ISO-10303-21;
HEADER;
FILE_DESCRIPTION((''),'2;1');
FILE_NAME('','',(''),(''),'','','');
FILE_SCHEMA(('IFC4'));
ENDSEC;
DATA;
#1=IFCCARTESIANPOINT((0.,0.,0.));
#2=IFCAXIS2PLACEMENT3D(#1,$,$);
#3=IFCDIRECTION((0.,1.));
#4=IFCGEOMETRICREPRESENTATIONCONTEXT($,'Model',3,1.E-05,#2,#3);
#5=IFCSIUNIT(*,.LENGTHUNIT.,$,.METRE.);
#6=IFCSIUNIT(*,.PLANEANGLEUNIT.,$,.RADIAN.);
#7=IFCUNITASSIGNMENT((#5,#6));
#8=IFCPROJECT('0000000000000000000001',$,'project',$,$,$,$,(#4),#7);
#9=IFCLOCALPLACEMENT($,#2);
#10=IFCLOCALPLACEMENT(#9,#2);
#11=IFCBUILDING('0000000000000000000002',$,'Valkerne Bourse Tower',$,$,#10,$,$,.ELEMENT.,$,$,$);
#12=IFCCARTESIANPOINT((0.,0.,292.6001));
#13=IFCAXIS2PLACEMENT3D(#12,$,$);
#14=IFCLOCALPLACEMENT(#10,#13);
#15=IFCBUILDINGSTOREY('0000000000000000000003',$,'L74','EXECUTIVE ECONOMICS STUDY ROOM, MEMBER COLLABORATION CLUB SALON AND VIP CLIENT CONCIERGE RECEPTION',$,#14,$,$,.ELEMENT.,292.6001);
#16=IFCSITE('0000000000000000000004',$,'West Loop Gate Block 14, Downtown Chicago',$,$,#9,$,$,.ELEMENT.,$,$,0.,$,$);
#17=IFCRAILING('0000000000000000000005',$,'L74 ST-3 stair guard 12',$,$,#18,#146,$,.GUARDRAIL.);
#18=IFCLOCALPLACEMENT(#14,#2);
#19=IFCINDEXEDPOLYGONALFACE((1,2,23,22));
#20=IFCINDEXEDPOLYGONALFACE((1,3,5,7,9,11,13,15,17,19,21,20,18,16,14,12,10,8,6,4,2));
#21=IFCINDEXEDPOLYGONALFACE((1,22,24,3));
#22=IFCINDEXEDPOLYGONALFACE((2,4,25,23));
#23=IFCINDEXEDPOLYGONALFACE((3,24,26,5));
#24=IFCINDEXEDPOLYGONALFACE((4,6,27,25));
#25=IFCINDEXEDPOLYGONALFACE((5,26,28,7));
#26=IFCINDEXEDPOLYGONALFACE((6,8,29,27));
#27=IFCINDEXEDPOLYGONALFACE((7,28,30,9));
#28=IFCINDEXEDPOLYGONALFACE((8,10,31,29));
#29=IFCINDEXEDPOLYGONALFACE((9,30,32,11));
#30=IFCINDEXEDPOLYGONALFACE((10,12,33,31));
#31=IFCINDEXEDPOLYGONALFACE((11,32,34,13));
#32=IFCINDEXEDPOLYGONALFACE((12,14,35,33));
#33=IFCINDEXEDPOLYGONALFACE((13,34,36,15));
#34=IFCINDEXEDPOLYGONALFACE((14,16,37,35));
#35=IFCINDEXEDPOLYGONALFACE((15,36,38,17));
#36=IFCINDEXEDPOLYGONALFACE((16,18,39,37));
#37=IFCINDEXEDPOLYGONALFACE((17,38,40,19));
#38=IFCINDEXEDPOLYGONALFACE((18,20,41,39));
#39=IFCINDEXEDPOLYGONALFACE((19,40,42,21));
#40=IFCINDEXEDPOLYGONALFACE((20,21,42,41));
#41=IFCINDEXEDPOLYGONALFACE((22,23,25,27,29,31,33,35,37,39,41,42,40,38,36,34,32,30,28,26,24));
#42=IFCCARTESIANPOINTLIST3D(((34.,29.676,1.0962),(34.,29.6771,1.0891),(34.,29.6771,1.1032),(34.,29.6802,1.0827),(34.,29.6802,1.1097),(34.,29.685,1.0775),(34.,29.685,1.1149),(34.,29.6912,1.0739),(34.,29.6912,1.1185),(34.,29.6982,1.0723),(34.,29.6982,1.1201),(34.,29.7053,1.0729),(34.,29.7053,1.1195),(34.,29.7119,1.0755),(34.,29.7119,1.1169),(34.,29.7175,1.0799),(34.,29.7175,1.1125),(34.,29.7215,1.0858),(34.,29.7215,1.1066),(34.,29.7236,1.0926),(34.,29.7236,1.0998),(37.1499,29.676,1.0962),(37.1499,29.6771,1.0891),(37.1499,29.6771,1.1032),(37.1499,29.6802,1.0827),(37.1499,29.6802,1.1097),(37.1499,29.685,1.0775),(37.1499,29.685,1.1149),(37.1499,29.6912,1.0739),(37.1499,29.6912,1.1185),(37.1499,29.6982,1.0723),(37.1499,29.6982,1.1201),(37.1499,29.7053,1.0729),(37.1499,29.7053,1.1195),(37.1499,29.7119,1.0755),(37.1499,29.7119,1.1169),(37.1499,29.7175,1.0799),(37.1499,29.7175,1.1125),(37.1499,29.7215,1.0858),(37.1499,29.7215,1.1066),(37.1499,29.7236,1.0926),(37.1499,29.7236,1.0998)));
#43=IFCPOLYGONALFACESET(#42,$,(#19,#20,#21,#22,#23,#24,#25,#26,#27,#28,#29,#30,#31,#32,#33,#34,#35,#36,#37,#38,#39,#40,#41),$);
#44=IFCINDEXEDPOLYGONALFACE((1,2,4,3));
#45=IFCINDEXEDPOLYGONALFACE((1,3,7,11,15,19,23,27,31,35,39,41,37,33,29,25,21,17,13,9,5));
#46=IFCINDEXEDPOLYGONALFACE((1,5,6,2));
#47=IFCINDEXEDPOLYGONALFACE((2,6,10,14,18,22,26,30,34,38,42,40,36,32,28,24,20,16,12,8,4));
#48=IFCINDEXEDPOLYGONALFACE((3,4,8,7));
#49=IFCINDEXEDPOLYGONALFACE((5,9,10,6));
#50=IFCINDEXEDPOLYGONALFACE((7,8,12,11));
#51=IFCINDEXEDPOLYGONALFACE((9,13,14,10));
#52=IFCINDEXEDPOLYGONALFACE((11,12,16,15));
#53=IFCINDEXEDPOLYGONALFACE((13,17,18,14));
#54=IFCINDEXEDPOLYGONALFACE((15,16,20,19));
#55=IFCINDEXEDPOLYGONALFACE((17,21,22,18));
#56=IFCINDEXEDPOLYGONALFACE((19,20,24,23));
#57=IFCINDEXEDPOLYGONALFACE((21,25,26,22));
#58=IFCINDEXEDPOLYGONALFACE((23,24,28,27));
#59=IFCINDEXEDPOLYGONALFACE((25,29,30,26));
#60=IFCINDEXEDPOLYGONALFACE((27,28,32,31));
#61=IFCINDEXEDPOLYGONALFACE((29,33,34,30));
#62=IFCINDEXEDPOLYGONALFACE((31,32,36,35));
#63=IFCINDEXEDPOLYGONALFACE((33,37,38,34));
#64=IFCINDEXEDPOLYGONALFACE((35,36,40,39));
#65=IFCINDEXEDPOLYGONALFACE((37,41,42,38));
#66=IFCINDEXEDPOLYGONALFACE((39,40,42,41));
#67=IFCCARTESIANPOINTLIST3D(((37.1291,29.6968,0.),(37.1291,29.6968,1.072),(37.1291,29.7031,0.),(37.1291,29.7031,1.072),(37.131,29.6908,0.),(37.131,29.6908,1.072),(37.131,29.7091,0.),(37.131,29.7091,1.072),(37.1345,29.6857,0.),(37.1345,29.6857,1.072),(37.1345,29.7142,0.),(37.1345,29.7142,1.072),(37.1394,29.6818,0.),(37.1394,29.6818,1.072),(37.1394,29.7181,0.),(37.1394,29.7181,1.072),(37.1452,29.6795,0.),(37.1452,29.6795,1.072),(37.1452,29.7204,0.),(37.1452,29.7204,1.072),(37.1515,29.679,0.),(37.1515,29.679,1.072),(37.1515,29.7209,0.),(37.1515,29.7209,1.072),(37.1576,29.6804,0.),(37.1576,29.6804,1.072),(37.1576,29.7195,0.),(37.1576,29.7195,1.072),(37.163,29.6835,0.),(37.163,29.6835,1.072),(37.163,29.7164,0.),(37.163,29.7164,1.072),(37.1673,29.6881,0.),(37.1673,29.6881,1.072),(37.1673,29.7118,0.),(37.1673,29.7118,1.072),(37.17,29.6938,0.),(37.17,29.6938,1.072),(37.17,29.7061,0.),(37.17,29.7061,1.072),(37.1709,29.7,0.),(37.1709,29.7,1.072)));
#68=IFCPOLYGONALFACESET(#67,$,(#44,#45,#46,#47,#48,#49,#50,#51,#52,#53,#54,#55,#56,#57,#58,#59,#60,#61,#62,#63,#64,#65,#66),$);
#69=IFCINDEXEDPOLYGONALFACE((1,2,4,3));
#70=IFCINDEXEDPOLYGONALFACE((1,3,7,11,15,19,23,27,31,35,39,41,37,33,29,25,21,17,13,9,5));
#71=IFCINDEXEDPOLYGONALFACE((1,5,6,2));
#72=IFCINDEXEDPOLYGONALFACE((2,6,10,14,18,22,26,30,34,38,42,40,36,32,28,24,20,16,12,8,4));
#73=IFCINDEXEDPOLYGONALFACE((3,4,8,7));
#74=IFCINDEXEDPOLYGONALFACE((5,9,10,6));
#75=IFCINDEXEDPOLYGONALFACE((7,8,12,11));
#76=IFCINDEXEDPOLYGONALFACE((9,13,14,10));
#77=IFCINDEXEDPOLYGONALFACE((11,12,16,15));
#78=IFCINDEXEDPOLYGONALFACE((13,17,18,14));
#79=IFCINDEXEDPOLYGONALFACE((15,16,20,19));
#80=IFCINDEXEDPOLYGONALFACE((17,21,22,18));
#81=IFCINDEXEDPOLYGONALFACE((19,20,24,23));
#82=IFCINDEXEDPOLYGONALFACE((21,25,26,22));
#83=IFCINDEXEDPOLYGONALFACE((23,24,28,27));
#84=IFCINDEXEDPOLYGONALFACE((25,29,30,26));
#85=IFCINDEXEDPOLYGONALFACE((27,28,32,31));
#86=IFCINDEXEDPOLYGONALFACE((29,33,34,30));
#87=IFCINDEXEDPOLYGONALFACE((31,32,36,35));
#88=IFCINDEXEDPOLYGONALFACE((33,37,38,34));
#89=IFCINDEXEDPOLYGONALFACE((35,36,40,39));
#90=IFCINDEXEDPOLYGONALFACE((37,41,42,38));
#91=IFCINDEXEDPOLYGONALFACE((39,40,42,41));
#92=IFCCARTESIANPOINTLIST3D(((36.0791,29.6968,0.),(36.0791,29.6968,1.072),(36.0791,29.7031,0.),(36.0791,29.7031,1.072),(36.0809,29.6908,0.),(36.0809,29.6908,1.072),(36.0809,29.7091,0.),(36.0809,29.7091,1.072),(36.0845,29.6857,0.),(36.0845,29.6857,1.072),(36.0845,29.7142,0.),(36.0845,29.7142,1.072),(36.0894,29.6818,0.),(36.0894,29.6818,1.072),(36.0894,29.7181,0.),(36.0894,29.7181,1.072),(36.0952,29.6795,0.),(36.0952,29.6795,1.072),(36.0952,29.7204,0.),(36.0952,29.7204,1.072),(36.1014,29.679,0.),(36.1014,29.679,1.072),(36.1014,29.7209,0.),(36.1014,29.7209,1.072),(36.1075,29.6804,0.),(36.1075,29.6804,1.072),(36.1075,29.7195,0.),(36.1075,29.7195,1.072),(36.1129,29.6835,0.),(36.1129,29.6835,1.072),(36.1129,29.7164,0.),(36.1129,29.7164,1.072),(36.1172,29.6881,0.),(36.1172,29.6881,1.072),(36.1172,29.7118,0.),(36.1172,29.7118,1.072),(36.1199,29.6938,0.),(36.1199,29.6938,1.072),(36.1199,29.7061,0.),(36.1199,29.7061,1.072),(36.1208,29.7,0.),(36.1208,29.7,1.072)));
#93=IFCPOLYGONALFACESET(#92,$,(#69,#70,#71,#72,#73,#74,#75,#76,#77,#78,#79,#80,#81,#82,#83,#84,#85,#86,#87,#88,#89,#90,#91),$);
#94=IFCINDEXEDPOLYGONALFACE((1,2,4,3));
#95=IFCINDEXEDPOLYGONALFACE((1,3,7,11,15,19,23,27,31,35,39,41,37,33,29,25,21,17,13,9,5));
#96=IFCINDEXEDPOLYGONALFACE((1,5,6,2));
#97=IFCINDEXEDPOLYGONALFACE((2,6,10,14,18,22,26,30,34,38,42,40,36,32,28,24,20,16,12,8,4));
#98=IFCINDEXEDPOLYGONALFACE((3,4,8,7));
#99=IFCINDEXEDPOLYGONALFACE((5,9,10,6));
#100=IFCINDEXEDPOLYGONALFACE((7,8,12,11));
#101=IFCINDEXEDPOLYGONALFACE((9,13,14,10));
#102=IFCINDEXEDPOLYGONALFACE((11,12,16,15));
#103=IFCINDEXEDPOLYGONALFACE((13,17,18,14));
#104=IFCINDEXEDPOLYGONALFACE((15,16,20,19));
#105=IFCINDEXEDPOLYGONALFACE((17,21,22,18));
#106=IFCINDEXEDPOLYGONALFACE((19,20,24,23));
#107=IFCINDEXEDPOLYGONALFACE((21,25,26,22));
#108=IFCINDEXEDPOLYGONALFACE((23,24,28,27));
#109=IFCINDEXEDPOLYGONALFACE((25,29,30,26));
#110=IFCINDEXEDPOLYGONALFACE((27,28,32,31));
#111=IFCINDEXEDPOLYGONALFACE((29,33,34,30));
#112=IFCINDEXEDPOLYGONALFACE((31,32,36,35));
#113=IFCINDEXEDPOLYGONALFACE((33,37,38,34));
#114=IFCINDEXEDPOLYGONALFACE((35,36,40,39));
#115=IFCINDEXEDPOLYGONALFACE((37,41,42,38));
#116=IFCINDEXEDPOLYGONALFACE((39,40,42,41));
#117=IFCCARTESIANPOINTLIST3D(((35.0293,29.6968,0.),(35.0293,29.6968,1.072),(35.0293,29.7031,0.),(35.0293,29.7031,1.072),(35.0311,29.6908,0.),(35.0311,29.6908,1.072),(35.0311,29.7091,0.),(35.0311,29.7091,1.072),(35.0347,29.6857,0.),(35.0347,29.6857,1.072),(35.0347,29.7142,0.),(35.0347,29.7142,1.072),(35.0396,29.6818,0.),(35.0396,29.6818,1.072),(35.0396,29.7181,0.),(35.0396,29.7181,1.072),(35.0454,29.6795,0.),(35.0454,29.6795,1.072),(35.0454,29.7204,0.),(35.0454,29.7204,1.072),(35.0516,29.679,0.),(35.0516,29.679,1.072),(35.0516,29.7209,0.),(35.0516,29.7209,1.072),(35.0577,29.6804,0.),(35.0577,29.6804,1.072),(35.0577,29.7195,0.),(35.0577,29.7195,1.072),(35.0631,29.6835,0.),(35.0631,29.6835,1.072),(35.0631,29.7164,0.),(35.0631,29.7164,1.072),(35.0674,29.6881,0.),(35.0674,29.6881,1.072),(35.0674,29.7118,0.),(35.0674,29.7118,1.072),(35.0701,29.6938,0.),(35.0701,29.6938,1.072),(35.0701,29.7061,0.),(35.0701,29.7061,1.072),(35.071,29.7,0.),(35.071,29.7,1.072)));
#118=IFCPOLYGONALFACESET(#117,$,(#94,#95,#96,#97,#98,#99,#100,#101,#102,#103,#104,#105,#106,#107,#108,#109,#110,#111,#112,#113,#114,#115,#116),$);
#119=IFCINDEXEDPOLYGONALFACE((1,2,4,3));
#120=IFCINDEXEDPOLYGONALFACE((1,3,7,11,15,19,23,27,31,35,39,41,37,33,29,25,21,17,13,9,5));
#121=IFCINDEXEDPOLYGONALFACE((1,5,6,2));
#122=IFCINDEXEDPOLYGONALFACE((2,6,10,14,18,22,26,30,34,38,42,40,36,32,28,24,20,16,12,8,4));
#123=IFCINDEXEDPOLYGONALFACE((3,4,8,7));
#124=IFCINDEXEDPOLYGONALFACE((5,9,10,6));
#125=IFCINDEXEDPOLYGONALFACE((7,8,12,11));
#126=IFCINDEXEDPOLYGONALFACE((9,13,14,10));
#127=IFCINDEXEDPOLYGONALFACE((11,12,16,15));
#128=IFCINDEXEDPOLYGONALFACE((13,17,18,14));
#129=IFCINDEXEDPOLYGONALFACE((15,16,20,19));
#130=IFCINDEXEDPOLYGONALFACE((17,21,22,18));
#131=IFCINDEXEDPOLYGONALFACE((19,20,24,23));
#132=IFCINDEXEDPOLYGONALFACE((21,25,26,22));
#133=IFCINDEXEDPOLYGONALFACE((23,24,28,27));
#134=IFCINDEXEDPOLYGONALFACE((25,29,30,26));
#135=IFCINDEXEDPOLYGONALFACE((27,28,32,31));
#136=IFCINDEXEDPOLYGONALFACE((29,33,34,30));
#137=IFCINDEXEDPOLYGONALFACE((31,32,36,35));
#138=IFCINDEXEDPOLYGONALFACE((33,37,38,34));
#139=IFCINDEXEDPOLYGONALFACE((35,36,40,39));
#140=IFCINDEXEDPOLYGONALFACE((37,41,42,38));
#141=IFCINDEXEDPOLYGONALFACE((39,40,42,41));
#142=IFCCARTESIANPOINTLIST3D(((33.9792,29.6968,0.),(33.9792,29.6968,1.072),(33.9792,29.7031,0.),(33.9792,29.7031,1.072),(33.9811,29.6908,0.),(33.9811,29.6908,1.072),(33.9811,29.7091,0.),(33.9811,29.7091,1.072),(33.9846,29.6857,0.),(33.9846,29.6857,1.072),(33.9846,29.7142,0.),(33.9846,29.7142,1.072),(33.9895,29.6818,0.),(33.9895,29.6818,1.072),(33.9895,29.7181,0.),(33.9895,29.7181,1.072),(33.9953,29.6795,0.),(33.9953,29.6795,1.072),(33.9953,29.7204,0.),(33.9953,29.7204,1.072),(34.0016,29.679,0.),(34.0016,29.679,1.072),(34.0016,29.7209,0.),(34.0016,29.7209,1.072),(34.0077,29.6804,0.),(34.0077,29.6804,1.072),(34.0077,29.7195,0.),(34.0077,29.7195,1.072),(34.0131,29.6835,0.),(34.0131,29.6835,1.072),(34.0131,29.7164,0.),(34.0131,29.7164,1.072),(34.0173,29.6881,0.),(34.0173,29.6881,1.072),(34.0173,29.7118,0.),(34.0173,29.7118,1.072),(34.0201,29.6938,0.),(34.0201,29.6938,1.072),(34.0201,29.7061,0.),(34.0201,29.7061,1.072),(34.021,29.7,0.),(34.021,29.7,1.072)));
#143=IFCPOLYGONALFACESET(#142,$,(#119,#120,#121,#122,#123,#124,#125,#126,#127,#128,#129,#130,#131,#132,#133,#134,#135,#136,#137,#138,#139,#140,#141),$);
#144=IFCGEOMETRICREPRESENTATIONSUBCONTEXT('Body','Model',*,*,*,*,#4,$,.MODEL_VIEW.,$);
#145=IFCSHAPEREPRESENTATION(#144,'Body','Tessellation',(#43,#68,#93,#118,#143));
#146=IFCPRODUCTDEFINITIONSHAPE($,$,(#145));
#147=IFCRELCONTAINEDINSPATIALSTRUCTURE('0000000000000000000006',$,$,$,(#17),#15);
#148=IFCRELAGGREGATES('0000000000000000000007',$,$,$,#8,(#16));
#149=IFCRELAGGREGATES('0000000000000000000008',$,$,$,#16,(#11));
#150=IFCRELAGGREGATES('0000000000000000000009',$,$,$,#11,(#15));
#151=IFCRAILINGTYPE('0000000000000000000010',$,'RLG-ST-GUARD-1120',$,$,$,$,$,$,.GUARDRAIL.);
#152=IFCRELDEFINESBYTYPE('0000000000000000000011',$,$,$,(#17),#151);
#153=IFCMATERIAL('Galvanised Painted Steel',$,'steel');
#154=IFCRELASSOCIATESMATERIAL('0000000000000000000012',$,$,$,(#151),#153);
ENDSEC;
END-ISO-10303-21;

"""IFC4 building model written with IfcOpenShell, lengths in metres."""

from ifc_helpers import new_model, si_unit, direction, frame, origin, origin_2d, place, context, subcontext, project, spatial, circle, extrude, material, type_object, element, save


model = new_model("IFC4")

# Units and contexts
model_context = context("Model", 3, precision=1e-05, world=origin(), true_north=direction((0.0, 1.0)))
body_context = subcontext(model_context, "Body", "Model", "MODEL_VIEW")
ifc_project = project(units=[si_unit("LENGTHUNIT", "METRE"), si_unit("PLANEANGLEUNIT", "RADIAN")], contexts=[model_context])

# Site, building, storey
site_placement = place(None, origin())
site = spatial("IfcSite", under=ifc_project, at=site_placement, Name="West Loop Gate Block 14, Downtown Chicago", CompositionType="ELEMENT", RefElevation=0.0)
building_placement = place(site_placement, origin())
building = spatial("IfcBuilding", under=site, at=building_placement, Name="Valkerne Bourse Tower", CompositionType="ELEMENT")
storey_placement = place(building_placement, frame((0.0, 0.0, 292.6001)))
storey = spatial("IfcBuildingStorey", under=building, at=storey_placement, Name="L74", Description="EXECUTIVE ECONOMICS STUDY ROOM, MEMBER COLLABORATION CLUB SALON AND VIP CLIENT CONCIERGE RECEPTION", CompositionType="ELEMENT", Elevation=292.6001)

# Shared definitions
ifc_material_1 = material(Name="Galvanised Painted Steel", Category="steel")

# Railing
railing_type = type_object("IfcRailingType", Name="RLG-ST-GUARD-1120", PredefinedType="GUARDRAIL", material=ifc_material_1)
railing_placement = place(storey_placement, frame((37.1499, 29.7, 0.0)))
element("IfcRailing", 1, at=railing_placement, inside=storey, type_object=railing_type, Name="L74 ST-3 stair guard 12", PredefinedType="GUARDRAIL", context=body_context, shape_type="SweptSolid", body=[
    extrude(circle(Radius=0.0239, at=origin_2d()), frame((0.0, 0.0, 1.0962), z_axis=(-1.0, 0.0, 0.0), x_axis=(0.0, -1.0, 0.0)), (0.0, 0.0, 1.0), 3.1499),
    extrude(circle(Radius=0.021, at=origin_2d()), origin(), (0.0, 0.0, 1.0), 1.072),
    extrude(circle(Radius=0.021, at=origin_2d()), frame((-1.05, 0.0, 0.0)), (0.0, 0.0, 1.0), 1.072),
    extrude(circle(Radius=0.021, at=origin_2d()), frame((-2.0999, 0.0, 0.0)), (0.0, 0.0, 1.0), 1.072),
    extrude(circle(Radius=0.021, at=origin_2d()), frame((-3.1499, 0.0, 0.0)), (0.0, 0.0, 1.0), 1.072),
])

save(model, "model.ifc")
